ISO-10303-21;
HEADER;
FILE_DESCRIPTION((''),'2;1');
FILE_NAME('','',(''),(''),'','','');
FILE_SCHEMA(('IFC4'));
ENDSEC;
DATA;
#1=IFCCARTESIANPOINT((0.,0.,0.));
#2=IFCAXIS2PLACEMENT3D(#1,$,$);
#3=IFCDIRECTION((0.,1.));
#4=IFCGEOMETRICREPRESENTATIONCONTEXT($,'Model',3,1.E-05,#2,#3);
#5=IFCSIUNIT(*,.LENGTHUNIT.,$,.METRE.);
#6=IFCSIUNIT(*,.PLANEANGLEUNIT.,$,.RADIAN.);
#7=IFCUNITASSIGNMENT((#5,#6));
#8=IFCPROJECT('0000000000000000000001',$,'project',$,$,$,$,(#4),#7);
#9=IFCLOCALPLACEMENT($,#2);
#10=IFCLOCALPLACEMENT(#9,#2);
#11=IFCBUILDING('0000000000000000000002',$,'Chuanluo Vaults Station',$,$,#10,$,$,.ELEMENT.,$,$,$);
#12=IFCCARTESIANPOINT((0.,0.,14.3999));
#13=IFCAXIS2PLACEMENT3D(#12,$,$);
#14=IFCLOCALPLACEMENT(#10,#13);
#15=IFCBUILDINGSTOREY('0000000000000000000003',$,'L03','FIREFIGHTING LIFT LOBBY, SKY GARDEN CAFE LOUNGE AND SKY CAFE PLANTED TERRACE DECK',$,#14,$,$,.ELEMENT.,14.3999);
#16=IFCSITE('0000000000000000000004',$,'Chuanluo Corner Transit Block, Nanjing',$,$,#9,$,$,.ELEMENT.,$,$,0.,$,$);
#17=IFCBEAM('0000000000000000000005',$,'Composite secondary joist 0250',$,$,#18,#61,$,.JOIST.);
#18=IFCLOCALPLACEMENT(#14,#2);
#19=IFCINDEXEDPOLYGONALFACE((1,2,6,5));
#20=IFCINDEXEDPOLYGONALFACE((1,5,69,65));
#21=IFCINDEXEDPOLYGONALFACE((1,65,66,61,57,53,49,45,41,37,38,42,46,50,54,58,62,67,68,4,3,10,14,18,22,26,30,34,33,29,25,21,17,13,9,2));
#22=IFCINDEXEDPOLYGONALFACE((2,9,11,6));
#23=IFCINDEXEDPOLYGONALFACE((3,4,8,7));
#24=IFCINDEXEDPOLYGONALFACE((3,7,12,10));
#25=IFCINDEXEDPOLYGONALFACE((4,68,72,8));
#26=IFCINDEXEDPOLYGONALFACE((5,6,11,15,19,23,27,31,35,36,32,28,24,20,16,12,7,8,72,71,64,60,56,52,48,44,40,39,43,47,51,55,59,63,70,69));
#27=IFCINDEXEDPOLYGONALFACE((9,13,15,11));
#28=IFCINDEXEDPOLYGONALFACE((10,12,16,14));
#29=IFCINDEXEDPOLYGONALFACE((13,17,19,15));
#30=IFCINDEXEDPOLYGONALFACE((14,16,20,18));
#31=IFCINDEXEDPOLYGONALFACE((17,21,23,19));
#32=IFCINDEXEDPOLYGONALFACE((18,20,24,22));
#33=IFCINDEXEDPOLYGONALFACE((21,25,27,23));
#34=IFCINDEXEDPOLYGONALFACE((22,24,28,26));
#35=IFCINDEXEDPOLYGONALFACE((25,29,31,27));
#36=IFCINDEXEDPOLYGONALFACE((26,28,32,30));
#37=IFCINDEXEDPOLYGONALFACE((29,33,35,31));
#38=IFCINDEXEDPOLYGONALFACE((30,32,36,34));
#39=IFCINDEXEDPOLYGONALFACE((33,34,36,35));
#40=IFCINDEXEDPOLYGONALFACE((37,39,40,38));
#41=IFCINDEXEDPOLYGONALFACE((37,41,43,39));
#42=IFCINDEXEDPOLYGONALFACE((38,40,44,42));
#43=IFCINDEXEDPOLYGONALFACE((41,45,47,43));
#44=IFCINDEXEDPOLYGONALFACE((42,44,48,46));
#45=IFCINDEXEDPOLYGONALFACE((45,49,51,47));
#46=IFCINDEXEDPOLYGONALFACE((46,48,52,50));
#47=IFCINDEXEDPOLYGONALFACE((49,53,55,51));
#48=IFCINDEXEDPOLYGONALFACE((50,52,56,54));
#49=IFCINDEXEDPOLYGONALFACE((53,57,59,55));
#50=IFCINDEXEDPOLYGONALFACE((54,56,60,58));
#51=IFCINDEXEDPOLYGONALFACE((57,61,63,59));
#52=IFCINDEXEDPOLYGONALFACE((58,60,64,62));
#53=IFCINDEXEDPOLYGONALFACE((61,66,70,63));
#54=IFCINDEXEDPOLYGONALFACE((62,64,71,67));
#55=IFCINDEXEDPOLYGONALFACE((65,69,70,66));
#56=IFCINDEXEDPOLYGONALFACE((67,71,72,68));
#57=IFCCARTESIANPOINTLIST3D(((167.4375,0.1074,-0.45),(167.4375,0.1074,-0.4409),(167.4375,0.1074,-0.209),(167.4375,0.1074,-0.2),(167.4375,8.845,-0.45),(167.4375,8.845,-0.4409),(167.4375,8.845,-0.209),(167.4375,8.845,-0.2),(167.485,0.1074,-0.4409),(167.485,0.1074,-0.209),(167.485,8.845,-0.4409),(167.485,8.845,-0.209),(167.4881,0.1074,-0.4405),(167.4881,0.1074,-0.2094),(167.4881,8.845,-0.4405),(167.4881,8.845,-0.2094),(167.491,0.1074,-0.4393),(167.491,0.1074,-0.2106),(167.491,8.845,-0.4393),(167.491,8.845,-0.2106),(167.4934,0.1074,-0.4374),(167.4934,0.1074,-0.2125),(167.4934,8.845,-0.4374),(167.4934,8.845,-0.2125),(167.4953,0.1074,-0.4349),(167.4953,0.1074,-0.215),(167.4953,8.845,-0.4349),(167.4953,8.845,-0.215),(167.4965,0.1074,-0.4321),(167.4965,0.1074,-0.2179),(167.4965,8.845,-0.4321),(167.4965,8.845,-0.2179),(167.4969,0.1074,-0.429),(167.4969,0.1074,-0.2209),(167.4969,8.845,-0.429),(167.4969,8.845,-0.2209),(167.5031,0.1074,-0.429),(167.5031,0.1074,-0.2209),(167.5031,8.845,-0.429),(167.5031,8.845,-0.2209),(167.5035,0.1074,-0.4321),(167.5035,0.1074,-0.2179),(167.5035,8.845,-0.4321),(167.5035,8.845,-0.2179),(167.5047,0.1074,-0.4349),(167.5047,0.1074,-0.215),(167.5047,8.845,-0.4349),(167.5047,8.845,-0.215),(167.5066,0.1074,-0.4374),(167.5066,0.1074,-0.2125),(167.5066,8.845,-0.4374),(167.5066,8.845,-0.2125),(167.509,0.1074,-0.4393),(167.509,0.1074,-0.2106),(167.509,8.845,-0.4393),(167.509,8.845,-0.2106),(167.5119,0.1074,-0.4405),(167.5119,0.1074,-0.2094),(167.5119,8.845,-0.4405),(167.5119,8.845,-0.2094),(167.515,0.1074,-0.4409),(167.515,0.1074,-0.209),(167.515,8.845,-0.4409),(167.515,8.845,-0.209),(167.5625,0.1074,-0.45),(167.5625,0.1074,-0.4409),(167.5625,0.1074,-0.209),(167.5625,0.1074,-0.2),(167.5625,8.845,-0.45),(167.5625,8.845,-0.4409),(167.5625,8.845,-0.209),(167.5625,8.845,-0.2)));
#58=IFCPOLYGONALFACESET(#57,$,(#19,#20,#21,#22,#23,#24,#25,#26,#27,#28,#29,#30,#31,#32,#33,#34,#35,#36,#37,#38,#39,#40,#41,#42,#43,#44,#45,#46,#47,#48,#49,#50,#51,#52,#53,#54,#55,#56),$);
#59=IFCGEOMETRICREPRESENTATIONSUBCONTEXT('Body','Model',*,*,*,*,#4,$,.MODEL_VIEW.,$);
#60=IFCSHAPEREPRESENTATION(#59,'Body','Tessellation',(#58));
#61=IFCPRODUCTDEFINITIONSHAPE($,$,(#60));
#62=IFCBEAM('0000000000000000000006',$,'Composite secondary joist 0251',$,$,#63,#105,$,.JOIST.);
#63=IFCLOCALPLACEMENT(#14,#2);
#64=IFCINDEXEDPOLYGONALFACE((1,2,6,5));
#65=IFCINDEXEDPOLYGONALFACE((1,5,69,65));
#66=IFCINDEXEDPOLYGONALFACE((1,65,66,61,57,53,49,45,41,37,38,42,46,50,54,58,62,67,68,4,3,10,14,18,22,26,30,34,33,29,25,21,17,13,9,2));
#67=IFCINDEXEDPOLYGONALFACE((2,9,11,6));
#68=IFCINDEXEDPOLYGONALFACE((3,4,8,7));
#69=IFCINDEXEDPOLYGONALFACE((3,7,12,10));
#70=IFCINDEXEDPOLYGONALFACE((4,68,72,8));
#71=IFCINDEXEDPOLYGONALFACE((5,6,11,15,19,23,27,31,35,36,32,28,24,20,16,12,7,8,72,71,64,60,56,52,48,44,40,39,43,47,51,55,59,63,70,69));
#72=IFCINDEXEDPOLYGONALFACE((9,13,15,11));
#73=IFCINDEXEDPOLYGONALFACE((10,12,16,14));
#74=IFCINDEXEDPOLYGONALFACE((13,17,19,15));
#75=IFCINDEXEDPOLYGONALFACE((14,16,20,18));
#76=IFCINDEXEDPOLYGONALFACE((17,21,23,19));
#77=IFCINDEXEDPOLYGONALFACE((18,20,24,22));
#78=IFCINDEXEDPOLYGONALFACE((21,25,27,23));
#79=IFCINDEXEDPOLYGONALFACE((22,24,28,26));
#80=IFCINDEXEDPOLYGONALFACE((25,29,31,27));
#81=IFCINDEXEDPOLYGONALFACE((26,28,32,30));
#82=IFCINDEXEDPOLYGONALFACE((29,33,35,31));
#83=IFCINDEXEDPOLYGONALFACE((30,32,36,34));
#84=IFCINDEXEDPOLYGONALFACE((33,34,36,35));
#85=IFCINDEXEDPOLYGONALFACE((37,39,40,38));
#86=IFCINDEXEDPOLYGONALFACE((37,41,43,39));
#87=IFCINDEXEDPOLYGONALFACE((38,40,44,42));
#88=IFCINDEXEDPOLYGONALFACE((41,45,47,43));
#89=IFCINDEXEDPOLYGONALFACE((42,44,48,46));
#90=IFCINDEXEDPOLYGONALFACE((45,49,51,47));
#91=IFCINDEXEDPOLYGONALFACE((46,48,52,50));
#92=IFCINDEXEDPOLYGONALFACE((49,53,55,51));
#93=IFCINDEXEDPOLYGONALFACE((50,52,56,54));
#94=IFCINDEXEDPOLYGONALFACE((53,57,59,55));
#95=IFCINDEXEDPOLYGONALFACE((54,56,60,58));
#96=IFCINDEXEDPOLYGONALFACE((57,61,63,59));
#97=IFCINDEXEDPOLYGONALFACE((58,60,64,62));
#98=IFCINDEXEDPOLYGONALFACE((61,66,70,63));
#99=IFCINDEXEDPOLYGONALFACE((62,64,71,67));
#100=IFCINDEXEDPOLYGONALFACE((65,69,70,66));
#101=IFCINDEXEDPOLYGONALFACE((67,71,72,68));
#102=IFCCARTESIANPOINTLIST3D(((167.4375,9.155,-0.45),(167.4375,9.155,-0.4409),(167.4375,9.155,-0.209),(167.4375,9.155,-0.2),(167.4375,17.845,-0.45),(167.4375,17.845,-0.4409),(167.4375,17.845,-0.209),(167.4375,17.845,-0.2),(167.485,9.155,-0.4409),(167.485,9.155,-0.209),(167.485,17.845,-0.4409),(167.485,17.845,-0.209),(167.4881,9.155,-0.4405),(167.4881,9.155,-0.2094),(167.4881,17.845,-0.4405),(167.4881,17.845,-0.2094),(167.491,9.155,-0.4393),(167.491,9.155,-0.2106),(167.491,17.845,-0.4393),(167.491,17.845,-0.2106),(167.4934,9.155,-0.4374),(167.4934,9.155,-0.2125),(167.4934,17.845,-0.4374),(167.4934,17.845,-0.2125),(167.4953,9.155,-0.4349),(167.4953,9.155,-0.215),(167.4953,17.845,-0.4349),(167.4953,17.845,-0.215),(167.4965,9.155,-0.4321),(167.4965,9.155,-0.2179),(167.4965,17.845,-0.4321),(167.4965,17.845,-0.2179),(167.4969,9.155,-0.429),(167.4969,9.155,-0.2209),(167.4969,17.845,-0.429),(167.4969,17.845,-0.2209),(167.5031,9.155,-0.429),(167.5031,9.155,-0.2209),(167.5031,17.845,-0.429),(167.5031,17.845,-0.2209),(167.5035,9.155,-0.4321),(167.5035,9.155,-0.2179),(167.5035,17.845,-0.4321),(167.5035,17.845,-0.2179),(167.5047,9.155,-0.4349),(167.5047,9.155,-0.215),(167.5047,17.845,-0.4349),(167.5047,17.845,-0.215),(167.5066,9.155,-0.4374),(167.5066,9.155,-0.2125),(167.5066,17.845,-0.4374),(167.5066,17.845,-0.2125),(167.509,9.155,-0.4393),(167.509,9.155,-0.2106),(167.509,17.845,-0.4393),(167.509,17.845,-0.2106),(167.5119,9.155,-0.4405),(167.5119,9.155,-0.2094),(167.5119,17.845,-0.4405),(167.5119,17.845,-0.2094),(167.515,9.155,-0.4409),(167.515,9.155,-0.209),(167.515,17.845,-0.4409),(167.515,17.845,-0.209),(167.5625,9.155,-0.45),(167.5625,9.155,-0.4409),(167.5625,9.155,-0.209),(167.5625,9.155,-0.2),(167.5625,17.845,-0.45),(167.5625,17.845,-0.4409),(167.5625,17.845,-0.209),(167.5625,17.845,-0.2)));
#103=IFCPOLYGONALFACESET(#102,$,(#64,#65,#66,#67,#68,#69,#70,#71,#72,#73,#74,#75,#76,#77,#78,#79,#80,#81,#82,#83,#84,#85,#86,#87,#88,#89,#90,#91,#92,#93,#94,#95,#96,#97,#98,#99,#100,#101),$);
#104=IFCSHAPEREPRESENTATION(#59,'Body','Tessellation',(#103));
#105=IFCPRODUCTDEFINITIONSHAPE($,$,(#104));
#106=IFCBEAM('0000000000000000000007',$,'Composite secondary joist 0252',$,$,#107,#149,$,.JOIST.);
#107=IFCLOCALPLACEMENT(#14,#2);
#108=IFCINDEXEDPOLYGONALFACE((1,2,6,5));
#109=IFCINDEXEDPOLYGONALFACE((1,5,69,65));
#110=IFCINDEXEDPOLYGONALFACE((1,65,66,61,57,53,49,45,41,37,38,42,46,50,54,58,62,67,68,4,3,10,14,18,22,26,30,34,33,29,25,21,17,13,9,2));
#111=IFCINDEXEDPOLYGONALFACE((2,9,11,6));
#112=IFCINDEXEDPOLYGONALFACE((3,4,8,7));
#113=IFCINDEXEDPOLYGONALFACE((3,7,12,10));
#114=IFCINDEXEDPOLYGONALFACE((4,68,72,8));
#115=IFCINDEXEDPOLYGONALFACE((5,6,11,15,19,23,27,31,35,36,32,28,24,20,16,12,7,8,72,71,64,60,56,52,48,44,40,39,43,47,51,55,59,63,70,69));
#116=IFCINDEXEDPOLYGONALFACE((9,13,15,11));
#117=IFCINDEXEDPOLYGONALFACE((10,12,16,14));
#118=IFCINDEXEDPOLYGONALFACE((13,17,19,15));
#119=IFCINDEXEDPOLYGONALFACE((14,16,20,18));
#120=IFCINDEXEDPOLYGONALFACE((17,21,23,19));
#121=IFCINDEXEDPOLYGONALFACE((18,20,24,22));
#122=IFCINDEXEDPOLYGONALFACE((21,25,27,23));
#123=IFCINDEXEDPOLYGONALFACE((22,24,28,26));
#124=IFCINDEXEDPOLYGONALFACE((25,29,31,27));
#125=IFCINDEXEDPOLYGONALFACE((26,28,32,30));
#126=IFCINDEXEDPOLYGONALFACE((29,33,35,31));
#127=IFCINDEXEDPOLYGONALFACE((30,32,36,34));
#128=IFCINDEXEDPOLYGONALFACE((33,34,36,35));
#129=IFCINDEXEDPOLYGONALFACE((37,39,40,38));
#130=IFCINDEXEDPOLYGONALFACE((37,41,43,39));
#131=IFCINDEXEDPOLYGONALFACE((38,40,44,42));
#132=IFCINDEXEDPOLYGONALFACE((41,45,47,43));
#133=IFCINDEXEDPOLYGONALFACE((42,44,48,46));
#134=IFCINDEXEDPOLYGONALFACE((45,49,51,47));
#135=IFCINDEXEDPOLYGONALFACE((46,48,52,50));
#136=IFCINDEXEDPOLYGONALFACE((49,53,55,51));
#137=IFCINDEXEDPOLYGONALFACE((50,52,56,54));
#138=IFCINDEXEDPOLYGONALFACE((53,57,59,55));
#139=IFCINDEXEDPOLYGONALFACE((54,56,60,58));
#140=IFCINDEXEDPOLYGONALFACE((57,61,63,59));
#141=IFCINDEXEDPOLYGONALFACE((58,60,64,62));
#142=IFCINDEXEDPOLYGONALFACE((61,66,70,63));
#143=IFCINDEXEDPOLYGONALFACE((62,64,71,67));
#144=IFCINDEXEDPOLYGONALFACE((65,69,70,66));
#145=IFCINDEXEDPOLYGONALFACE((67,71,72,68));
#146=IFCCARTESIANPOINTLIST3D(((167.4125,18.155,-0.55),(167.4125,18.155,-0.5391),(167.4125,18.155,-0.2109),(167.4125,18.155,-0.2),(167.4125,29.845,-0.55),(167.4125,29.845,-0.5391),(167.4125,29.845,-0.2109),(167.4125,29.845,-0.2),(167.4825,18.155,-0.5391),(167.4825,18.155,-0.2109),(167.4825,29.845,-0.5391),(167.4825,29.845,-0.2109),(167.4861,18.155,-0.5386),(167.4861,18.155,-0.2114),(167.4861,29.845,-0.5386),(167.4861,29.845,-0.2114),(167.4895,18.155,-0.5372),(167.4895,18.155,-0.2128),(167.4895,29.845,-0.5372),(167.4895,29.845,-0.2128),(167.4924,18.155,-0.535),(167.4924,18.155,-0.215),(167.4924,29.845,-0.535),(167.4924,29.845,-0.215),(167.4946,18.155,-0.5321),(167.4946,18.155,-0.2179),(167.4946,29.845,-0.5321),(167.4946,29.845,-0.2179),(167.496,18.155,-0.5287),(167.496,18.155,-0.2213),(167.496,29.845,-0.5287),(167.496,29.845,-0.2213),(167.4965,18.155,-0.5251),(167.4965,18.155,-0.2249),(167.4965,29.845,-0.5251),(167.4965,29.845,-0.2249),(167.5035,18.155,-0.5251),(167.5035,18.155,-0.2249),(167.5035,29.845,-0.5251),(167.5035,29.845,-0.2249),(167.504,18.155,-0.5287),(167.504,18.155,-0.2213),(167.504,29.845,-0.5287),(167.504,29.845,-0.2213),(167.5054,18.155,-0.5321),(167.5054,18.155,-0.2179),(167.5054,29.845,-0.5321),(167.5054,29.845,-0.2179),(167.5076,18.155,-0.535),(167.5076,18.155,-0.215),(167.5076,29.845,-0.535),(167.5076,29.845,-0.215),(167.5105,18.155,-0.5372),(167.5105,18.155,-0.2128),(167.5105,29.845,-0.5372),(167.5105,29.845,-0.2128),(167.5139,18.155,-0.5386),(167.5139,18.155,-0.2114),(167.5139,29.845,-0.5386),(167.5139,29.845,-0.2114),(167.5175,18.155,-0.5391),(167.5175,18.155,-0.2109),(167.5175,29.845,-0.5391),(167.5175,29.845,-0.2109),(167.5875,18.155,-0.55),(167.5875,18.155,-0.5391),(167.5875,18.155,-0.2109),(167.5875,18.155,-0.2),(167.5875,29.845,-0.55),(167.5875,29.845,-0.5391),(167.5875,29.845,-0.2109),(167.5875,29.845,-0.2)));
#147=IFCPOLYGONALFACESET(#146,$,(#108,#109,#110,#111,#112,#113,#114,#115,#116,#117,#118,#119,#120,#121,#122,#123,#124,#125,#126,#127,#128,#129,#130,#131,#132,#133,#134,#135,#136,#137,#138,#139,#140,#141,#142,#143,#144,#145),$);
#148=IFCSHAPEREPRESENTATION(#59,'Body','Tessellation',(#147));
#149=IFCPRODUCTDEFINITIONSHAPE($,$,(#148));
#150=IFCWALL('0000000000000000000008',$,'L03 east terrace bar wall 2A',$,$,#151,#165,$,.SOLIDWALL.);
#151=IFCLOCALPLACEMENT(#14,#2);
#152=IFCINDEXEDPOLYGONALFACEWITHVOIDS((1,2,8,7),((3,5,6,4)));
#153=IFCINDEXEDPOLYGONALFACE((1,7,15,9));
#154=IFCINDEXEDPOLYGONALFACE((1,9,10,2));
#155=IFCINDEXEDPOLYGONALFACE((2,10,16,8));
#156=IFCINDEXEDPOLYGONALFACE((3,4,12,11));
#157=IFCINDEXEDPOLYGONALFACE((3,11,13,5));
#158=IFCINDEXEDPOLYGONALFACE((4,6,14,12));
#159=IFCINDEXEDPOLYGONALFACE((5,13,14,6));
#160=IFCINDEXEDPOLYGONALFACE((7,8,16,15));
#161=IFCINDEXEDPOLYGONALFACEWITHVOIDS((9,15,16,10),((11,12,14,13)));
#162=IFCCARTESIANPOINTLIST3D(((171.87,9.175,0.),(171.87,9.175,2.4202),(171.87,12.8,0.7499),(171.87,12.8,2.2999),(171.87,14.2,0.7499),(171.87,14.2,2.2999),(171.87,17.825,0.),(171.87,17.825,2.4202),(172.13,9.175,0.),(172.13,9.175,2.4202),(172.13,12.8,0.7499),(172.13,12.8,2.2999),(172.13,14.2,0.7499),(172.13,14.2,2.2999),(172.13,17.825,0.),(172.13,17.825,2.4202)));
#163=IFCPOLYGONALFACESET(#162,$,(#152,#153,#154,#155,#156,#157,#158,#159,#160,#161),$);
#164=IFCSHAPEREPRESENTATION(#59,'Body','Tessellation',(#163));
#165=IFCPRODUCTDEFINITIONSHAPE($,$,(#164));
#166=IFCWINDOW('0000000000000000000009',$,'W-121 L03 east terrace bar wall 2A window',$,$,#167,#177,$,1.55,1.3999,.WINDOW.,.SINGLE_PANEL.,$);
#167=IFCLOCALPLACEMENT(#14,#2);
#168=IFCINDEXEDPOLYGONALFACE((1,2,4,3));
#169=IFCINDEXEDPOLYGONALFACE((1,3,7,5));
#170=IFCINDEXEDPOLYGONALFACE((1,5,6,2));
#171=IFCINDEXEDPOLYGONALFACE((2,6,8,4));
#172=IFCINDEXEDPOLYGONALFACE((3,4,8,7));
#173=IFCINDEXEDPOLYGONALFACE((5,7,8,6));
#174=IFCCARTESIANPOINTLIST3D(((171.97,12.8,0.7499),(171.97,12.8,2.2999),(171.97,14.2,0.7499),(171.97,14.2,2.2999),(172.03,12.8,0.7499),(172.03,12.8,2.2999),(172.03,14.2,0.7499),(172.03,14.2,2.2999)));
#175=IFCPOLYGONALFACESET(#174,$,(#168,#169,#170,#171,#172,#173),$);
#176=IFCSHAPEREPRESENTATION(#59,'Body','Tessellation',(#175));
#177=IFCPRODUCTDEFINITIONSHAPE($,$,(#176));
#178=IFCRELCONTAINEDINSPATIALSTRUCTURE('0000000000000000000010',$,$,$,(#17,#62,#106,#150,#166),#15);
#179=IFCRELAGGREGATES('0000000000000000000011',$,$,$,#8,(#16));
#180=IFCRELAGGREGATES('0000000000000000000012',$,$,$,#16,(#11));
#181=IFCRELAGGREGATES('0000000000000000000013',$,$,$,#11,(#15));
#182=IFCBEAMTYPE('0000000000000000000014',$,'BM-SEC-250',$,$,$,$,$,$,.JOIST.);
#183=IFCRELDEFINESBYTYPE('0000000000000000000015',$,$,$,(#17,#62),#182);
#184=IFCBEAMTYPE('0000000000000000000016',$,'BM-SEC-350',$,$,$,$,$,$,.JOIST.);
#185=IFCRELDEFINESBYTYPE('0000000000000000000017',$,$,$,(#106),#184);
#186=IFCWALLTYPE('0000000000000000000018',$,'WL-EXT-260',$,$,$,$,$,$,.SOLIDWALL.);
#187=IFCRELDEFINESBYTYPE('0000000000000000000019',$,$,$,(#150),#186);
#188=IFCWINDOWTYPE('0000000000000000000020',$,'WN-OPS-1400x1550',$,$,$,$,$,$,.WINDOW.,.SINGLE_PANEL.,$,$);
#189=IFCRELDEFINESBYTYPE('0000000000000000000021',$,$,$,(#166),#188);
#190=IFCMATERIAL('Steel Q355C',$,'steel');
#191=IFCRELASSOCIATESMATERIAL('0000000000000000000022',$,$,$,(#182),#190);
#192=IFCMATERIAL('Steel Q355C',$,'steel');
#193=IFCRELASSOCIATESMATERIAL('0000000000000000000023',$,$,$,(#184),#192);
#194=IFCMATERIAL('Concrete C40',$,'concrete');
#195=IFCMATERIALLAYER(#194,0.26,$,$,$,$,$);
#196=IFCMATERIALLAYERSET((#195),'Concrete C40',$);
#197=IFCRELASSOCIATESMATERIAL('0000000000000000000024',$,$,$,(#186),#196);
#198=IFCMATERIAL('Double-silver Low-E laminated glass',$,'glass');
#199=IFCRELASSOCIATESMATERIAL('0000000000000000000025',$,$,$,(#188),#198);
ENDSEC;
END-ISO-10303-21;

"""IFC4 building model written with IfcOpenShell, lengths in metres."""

from ifc_helpers import new_model, si_unit, direction, frame, frame_2d, origin, origin_2d, place, context, subcontext, project, spatial, rectangle, i_section, extrude, material, layer, layer_set, material_profile, profile_set, type_object, element, fill, save


model = new_model("IFC4")

# Units and contexts
model_context = context("Model", 3, precision=1e-05, world=origin(), true_north=direction((0.0, 1.0)))
body_context = subcontext(model_context, "Body", "Model", "MODEL_VIEW")
ifc_project = project(units=[si_unit("LENGTHUNIT", "METRE"), si_unit("PLANEANGLEUNIT", "RADIAN")], contexts=[model_context])

# Site, building, storey
site_placement = place(None, origin())
site = spatial("IfcSite", under=ifc_project, at=site_placement, Name="Chuanluo Corner Transit Block, Nanjing", CompositionType="ELEMENT", RefElevation=0.0)
building_placement = place(site_placement, origin())
building = spatial("IfcBuilding", under=site, at=building_placement, Name="Chuanluo Vaults Station", CompositionType="ELEMENT")
storey_placement = place(building_placement, frame((0.0, 0.0, 14.3999)))
storey = spatial("IfcBuildingStorey", under=building, at=storey_placement, Name="L03", Description="FIREFIGHTING LIFT LOBBY, SKY GARDEN CAFE LOUNGE AND SKY CAFE PLANTED TERRACE DECK", CompositionType="ELEMENT", Elevation=14.3999)

# Beams
ifc_material_1 = material(Name="Steel Q355C", Category="steel")
ifc_material_profile_1 = material_profile(ifc_material_1, i_section(OverallWidth=0.125, OverallDepth=0.25, WebThickness=0.0061, FlangeThickness=0.009, FilletRadius=0.012, at=origin_2d()))
ifc_profile_set_1 = profile_set([ifc_material_profile_1], Name="Steel Q355C")
beam_type_1 = type_object("IfcBeamType", Name="BM-SEC-250", PredefinedType="JOIST", material=ifc_profile_set_1)
beam_1_placement = place(storey_placement, frame((167.5, 0.1074, -0.325), z_axis=(0.0, 1.0, 0.0), x_axis=(-1.0, 0.0, 0.0)))
element("IfcBeam", 1, at=beam_1_placement, inside=storey, type_object=beam_type_1, Name="Composite secondary joist 0250", PredefinedType="JOIST", context=body_context, shape_type="SweptSolid", body=[
    extrude(i_section(OverallWidth=0.125, OverallDepth=0.25, WebThickness=0.0061, FlangeThickness=0.009, FilletRadius=0.012, at=origin_2d()), origin(), (0.0, 0.0, 1.0), 8.7375),
])
beam_2_placement = place(storey_placement, frame((167.5, 9.155, -0.325), z_axis=(0.0, 1.0, 0.0), x_axis=(-1.0, 0.0, 0.0)))
element("IfcBeam", 2, at=beam_2_placement, inside=storey, type_object=beam_type_1, Name="Composite secondary joist 0251", PredefinedType="JOIST", context=body_context, shape_type="SweptSolid", body=[
    extrude(i_section(OverallWidth=0.125, OverallDepth=0.25, WebThickness=0.0061, FlangeThickness=0.009, FilletRadius=0.012, at=origin_2d()), origin(), (0.0, 0.0, 1.0), 8.6899),
])
ifc_material_2 = material(Name="Steel Q355C", Category="steel")
ifc_material_profile_2 = material_profile(ifc_material_2, i_section(OverallWidth=0.175, OverallDepth=0.3501, WebThickness=0.0071, FlangeThickness=0.011, FilletRadius=0.0139, at=origin_2d()))
ifc_profile_set_2 = profile_set([ifc_material_profile_2], Name="Steel Q355C")
beam_type_2 = type_object("IfcBeamType", Name="BM-SEC-350", PredefinedType="JOIST", material=ifc_profile_set_2)
beam_3_placement = place(storey_placement, frame((167.5, 18.155, -0.375), z_axis=(0.0, 1.0, 0.0), x_axis=(-1.0, 0.0, 0.0)))
element("IfcBeam", 3, at=beam_3_placement, inside=storey, type_object=beam_type_2, Name="Composite secondary joist 0252", PredefinedType="JOIST", context=body_context, shape_type="SweptSolid", body=[
    extrude(i_section(OverallWidth=0.175, OverallDepth=0.3501, WebThickness=0.0071, FlangeThickness=0.011, FilletRadius=0.0139, at=origin_2d()), origin(), (0.0, 0.0, 1.0), 11.6899),
])

# Wall, opening, window
ifc_material_3 = material(Name="Concrete C40", Category="concrete")
ifc_layer_1 = layer(ifc_material_3, 0.26)
ifc_layer_set_1 = layer_set([ifc_layer_1], Name="Concrete C40")
wall_type_1 = type_object("IfcWallType", Name="WL-EXT-260", PredefinedType="SOLIDWALL", material=ifc_layer_set_1)
wall_1_placement = place(storey_placement, frame((172.0, 17.825, 0.0), z_axis=(0.0, 0.0, 1.0), x_axis=(0.0, -1.0, 0.0)))
wall_1 = element("IfcWall", 4, at=wall_1_placement, inside=storey, type_object=wall_type_1, Name="L03 east terrace bar wall 2A", PredefinedType="SOLIDWALL", context=body_context, shape_type="SweptSolid", body=[
    extrude(rectangle(XDim=8.6499, YDim=0.26, at=frame_2d((4.325, 0.0))), origin(), (0.0, 0.0, 1.0), 2.4202),
])
opening_1_placement = place(wall_1_placement, frame((3.625, 0.0, 0.75)))
opening_1 = element("IfcOpeningElement", 5, at=opening_1_placement, cuts=wall_1, PredefinedType="OPENING", context=body_context, shape_type="SweptSolid", body=[
    extrude(rectangle(XDim=1.3999, YDim=1.55, at=frame_2d((0.7, 0.7749))), frame((0.0, 0.1399, 0.0), z_axis=(0.0, -1.0, 0.0), x_axis=(1.0, 0.0, 0.0)), (0.0, 0.0, 1.0), 0.28),
])
ifc_material_4 = material(Name="Double-silver Low-E laminated glass", Category="glass")
window_type = type_object("IfcWindowType", Name="WN-OPS-1400x1550", PartitioningType="SINGLE_PANEL", PredefinedType="WINDOW", material=ifc_material_4)
window_placement = place(opening_1_placement, origin())
window = element("IfcWindow", 6, at=window_placement, inside=storey, type_object=window_type, Name="W-121 L03 east terrace bar wall 2A window", OverallHeight=1.55, OverallWidth=1.3999, PartitioningType="SINGLE_PANEL", PredefinedType="WINDOW", context=body_context, shape_type="SweptSolid", body=[
    extrude(rectangle(XDim=1.3999, YDim=1.55, at=frame_2d((0.7, 0.7749))), frame((0.0, 0.03, 0.0), z_axis=(0.0, -1.0, 0.0), x_axis=(1.0, 0.0, 0.0)), (0.0, 0.0, 1.0), 0.0601),
])
fill(opening_1, window)

save(model, "model.ifc")
